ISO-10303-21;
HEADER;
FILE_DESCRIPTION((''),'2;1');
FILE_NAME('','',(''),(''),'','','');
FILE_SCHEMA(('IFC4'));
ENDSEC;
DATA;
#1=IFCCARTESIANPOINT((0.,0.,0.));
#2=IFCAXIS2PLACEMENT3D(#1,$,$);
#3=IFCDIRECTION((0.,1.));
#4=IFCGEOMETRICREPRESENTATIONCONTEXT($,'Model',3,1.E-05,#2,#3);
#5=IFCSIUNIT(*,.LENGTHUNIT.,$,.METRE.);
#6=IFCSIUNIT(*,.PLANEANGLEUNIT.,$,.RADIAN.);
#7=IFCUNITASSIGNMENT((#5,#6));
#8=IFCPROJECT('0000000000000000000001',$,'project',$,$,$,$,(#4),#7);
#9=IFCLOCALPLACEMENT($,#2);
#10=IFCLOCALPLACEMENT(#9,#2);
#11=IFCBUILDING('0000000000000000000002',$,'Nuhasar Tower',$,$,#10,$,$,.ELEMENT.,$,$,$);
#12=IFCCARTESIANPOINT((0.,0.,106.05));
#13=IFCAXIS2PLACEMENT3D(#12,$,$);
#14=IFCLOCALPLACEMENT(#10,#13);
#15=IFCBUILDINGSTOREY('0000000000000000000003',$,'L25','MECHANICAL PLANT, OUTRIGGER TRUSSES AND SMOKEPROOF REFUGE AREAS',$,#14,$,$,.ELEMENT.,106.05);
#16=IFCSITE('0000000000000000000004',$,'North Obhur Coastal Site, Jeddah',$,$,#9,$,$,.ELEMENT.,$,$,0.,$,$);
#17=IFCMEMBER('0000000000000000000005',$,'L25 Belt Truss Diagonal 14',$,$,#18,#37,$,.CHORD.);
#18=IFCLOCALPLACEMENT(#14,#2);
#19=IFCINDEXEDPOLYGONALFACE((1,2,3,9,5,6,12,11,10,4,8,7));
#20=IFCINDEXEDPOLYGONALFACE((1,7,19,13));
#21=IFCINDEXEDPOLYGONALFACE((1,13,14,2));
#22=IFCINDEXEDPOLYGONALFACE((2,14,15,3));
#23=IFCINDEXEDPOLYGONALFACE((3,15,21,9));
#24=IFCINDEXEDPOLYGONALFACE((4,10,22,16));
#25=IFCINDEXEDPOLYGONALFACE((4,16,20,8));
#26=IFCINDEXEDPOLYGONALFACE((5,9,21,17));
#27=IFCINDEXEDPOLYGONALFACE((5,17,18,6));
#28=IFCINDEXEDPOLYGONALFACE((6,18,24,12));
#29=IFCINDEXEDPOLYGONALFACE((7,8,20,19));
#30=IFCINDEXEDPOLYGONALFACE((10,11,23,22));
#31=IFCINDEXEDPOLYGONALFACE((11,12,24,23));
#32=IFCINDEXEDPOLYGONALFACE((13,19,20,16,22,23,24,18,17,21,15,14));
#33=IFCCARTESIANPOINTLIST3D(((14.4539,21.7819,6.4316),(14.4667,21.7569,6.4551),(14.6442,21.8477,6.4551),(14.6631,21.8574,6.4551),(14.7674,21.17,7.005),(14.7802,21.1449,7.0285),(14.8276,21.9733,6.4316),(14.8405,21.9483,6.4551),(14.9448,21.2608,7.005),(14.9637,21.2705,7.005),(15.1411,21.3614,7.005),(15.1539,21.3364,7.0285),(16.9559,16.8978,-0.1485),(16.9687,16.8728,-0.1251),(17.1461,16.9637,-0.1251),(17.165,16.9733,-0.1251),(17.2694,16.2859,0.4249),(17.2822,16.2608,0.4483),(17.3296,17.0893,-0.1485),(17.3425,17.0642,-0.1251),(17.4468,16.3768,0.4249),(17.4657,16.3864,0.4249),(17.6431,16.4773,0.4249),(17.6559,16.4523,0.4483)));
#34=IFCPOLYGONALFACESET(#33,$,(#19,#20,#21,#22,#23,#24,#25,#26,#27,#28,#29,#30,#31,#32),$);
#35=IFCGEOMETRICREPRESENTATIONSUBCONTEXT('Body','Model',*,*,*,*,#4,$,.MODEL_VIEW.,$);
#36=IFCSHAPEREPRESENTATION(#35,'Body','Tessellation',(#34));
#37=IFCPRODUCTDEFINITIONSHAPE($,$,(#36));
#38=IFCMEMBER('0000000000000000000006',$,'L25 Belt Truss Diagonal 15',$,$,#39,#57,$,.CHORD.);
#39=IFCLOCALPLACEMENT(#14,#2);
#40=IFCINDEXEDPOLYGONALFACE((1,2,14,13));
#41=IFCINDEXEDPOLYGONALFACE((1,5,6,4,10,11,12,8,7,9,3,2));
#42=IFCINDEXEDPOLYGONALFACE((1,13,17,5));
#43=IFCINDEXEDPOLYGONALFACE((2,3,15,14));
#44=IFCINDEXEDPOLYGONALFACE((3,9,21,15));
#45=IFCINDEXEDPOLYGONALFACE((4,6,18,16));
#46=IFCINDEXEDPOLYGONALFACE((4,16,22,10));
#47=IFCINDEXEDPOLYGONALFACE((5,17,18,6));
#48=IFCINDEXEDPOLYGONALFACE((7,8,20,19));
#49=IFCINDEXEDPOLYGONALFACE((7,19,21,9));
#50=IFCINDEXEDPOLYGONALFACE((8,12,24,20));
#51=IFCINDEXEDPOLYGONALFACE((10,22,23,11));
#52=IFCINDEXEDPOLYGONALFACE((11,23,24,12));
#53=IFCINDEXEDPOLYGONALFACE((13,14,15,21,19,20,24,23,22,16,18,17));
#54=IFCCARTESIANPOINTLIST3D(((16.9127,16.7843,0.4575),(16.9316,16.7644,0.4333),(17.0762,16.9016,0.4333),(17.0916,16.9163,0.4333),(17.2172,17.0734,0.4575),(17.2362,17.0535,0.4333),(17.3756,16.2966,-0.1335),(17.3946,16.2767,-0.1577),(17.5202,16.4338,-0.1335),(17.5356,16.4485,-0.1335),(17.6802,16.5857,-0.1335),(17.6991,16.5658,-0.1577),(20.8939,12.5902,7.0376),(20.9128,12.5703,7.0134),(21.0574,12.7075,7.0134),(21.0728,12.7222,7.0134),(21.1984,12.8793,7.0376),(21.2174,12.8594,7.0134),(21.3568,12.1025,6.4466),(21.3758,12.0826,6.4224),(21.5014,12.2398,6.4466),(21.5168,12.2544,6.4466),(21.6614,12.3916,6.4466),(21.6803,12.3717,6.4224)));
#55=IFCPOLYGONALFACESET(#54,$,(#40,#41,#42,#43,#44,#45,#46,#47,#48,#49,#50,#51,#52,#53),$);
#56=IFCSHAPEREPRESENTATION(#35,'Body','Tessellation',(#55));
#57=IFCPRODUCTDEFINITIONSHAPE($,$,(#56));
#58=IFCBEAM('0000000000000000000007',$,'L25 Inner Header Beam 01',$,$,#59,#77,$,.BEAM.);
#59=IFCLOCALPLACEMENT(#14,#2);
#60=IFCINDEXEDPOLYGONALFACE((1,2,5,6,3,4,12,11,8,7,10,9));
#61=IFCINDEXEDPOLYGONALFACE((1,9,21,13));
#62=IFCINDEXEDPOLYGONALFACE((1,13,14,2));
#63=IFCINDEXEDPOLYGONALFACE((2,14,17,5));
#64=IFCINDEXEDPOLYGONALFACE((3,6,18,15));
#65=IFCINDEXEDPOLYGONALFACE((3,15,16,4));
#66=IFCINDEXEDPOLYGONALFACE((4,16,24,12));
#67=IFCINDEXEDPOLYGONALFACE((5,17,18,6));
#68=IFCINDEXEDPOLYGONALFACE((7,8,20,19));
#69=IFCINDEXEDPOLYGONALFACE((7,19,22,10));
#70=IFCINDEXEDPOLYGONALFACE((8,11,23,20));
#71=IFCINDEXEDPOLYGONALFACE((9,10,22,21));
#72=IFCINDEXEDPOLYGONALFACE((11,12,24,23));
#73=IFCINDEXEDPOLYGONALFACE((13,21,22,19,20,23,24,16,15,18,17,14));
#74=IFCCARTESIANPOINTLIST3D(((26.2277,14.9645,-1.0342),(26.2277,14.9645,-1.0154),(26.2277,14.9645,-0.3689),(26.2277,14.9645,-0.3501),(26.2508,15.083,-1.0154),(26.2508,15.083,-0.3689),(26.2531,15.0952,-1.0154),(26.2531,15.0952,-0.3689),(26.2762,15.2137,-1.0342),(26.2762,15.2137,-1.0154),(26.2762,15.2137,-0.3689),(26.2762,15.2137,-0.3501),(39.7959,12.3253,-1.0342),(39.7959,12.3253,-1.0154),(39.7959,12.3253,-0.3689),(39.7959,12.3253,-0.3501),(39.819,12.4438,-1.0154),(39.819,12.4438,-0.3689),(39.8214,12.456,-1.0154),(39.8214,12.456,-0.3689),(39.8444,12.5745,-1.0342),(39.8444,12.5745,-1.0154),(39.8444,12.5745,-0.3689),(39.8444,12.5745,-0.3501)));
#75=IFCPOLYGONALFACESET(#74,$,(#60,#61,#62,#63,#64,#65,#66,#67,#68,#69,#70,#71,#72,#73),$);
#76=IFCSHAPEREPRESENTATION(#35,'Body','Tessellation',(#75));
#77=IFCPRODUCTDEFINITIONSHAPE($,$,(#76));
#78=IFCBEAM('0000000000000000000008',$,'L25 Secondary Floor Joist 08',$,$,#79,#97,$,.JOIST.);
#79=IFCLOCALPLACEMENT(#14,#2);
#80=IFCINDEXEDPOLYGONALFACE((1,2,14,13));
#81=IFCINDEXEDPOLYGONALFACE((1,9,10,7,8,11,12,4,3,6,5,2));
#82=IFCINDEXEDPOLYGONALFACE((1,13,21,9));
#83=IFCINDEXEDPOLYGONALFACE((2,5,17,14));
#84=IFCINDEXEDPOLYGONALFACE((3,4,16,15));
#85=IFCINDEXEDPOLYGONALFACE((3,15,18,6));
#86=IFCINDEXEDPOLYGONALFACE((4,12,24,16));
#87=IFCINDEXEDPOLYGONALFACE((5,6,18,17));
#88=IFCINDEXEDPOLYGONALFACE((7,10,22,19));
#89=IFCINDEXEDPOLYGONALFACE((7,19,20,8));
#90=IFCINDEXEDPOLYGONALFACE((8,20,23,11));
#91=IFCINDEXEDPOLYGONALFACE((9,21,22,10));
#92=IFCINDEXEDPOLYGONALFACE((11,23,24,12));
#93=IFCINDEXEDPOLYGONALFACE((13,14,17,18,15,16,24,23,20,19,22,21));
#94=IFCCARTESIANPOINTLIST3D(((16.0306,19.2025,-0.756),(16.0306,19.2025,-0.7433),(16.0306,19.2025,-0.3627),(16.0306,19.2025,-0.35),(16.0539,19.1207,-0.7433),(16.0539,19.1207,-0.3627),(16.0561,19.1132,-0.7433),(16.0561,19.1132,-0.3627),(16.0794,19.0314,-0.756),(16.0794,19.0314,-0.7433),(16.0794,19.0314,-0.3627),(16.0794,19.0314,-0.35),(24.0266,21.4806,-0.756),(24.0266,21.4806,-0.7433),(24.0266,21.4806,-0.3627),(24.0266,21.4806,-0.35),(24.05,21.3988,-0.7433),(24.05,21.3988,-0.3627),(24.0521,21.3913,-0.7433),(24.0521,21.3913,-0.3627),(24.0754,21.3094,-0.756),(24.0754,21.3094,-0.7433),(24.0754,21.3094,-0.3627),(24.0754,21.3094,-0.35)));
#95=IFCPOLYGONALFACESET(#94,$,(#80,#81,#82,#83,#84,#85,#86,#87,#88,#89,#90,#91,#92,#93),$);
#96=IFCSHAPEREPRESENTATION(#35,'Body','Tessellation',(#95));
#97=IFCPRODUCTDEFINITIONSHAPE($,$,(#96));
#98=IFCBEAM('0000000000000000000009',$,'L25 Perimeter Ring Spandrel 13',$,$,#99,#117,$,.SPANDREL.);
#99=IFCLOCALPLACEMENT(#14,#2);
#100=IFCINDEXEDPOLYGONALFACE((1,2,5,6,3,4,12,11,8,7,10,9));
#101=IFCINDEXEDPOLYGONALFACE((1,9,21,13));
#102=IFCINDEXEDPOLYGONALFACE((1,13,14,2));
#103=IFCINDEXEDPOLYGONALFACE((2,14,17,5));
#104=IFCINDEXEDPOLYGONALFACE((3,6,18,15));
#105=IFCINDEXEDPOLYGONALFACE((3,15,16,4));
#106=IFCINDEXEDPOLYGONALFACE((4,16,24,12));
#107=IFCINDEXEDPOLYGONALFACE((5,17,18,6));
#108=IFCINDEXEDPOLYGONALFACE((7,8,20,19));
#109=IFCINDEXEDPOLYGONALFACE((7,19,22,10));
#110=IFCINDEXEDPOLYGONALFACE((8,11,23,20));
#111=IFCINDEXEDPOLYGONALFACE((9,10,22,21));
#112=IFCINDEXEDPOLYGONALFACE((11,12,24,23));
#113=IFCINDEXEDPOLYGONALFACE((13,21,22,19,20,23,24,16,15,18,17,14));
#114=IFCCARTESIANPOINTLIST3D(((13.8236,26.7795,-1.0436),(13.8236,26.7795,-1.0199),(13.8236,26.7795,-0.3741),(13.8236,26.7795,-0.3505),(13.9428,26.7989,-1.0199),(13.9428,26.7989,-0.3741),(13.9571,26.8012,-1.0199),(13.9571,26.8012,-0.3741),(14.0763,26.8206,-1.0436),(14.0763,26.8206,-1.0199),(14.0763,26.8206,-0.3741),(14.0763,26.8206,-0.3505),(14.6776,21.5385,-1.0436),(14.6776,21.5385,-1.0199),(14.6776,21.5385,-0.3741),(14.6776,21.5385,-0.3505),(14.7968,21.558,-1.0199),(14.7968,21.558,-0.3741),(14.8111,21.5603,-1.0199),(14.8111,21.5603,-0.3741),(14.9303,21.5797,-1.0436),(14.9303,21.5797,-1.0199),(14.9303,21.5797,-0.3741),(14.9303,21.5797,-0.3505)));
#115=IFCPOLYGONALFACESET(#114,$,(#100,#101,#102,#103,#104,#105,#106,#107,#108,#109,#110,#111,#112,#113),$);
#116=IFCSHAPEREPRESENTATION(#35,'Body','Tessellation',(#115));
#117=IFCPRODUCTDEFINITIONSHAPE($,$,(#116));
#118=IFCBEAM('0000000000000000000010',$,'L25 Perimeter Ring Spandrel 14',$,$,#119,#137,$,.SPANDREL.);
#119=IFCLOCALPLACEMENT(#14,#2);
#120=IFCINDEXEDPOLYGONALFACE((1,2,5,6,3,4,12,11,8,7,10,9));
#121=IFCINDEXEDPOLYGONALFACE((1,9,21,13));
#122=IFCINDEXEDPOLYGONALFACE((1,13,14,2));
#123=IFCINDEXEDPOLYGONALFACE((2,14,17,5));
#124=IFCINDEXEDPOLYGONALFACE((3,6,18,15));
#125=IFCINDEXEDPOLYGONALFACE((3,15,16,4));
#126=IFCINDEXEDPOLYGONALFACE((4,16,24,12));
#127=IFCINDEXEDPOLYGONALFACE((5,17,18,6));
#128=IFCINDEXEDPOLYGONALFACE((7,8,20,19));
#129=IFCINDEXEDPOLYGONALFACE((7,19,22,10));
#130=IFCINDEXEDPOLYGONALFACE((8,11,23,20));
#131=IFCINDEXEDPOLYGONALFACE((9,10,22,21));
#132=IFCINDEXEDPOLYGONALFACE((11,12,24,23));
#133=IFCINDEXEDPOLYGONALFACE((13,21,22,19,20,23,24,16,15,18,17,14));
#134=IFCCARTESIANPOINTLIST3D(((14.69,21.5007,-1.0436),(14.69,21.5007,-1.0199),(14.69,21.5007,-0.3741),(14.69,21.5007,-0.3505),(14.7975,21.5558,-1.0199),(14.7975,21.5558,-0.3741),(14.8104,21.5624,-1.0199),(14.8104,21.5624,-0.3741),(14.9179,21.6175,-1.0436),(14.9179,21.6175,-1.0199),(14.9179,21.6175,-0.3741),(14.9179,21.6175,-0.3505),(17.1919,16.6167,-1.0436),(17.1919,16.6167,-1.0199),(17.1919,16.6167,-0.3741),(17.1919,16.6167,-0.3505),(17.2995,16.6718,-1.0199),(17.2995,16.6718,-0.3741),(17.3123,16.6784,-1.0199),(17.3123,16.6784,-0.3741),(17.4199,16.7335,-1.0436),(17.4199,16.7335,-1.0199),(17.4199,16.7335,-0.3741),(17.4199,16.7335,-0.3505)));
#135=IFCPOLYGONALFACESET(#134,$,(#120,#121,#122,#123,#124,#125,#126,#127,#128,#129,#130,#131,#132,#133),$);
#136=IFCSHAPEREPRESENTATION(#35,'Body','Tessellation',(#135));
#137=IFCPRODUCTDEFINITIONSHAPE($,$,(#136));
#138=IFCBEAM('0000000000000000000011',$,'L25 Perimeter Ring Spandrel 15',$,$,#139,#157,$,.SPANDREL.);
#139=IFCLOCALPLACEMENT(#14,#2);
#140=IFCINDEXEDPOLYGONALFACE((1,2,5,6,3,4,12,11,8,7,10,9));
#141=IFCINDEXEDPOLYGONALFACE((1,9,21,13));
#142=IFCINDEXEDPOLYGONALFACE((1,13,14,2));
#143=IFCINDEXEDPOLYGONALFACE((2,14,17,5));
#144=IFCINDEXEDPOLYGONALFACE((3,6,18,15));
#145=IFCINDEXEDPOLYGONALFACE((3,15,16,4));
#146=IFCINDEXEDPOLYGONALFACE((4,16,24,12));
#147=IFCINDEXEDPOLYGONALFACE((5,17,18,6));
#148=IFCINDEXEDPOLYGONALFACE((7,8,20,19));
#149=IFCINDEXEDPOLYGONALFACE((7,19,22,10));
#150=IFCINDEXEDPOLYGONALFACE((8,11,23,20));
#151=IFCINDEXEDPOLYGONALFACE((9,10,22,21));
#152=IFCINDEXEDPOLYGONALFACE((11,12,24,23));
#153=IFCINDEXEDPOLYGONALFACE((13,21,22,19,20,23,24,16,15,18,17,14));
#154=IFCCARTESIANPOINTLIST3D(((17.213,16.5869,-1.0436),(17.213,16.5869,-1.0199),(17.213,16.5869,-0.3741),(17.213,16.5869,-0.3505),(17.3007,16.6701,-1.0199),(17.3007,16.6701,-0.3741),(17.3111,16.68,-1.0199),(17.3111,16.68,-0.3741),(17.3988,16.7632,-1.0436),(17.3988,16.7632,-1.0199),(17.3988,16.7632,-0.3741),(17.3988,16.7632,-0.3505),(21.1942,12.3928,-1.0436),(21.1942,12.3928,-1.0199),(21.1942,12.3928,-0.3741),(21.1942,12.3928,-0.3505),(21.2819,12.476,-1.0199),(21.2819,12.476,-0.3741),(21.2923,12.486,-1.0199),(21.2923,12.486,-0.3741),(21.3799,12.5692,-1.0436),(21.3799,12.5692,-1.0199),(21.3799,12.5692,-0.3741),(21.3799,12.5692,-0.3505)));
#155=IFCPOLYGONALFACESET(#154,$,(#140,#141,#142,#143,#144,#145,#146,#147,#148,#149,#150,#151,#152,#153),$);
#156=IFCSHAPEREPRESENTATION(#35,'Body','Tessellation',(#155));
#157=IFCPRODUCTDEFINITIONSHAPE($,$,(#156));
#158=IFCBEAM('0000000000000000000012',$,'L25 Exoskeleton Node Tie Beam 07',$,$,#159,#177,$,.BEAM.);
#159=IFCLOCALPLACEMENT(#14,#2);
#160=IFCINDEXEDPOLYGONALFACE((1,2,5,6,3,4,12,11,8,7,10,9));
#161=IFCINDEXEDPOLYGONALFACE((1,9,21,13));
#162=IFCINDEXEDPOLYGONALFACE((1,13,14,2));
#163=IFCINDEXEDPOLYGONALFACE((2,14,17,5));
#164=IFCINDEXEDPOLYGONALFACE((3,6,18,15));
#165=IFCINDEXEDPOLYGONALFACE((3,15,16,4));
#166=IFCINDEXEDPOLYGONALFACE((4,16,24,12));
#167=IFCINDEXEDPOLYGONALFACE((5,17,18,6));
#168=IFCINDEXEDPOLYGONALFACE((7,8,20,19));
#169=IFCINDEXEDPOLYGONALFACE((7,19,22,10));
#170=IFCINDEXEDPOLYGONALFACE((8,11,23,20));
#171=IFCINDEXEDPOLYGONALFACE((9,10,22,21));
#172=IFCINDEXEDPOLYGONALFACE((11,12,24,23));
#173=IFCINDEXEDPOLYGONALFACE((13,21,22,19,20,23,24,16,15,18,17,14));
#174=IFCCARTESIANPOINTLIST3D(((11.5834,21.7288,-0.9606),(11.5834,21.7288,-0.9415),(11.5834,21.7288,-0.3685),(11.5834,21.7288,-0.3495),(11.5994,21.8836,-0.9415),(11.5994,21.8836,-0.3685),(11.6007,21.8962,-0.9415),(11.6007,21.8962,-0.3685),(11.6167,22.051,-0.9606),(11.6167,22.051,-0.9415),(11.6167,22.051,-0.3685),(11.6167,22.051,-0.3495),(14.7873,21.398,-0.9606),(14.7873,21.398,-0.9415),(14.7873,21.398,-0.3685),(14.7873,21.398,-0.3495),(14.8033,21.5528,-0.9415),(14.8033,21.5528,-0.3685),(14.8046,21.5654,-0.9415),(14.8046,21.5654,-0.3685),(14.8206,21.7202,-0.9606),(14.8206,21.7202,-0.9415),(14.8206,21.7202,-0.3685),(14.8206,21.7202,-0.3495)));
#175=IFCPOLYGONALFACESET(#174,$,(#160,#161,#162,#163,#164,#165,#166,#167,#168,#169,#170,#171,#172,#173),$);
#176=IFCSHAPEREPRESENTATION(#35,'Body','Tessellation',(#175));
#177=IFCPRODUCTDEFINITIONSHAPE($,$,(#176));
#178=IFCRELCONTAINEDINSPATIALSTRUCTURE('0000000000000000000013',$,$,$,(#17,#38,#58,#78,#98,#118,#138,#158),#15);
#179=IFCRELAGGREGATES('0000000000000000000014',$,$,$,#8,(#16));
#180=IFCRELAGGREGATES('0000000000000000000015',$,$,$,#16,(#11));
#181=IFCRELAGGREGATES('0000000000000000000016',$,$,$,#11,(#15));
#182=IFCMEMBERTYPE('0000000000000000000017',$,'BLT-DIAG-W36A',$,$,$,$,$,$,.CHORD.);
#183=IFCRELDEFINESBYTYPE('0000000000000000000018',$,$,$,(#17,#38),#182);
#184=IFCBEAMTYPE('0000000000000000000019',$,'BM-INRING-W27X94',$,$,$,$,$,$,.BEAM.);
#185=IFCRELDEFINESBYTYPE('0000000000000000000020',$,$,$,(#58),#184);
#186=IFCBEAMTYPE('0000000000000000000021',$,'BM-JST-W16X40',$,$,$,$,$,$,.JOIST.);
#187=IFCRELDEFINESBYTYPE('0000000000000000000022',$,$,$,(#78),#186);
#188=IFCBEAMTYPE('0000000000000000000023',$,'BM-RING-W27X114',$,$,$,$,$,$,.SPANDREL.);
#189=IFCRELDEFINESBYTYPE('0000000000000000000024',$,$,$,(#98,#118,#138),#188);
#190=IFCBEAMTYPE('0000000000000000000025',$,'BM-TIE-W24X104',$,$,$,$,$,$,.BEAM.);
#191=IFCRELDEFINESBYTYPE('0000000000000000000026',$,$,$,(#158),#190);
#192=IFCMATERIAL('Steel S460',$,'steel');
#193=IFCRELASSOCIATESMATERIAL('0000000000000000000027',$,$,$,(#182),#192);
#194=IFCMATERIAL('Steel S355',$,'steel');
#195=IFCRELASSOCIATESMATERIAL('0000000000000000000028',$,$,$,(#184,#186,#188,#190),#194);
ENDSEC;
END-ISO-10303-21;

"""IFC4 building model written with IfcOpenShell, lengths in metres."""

from ifc_helpers import new_model, si_unit, direction, frame, origin, origin_2d, place, context, subcontext, project, spatial, i_section, extrude, material, material_profile, profile_set, type_object, element, save


model = new_model("IFC4")

# Units and contexts
model_context = context("Model", 3, precision=1e-05, world=origin(), true_north=direction((0.0, 1.0)))
body_context = subcontext(model_context, "Body", "Model", "MODEL_VIEW")
ifc_project = project(units=[si_unit("LENGTHUNIT", "METRE"), si_unit("PLANEANGLEUNIT", "RADIAN")], contexts=[model_context])

# Site, building, storey
site_placement = place(None, origin())
site = spatial("IfcSite", under=ifc_project, at=site_placement, Name="North Obhur Coastal Site, Jeddah", CompositionType="ELEMENT", RefElevation=0.0)
building_placement = place(site_placement, origin())
building = spatial("IfcBuilding", under=site, at=building_placement, Name="Nuhasar Tower", CompositionType="ELEMENT")
storey_placement = place(building_placement, frame((0.0, 0.0, 106.05)))
storey = spatial("IfcBuildingStorey", under=building, at=storey_placement, Name="L25", Description="MECHANICAL PLANT, OUTRIGGER TRUSSES AND SMOKEPROOF REFUGE AREAS", CompositionType="ELEMENT", Elevation=106.05)

# Members
ifc_material_1 = material(Name="Steel S460", Category="steel")
ifc_material_profile_1 = material_profile(ifc_material_1, i_section(OverallWidth=0.4199, OverallDepth=0.9319, WebThickness=0.0212, FlangeThickness=0.0366, at=origin_2d()), Name="W36X262")
ifc_profile_set_1 = profile_set([ifc_material_profile_1], Name="Steel S460")
member_type_1 = type_object("IfcMemberType", Name="BLT-DIAG-W36A", PredefinedType="CHORD", material=ifc_profile_set_1)
member_1_placement = place(storey_placement, frame((17.3059, 16.675, 0.1499), z_axis=(-0.292011, 0.570031, 0.767981), x_axis=(-0.890016, -0.45593, 0.0)))
element("IfcMember", 1, at=member_1_placement, inside=storey, type_object=member_type_1, Name="L25 Belt Truss Diagonal 14", PredefinedType="CHORD", context=body_context, shape_type="SweptSolid", body=[
    extrude(i_section(OverallWidth=0.4199, OverallDepth=0.9319, WebThickness=0.0212, FlangeThickness=0.0366, at=origin_2d()), origin(), (0.0, 0.0, 1.0), 8.5681),
])
member_2_placement = place(storey_placement, frame((17.3059, 16.675, 0.1499), z_axis=(0.454474, -0.478777, 0.75115), x_axis=(0.725274, 0.68846, 0.0)))
element("IfcMember", 2, at=member_2_placement, inside=storey, type_object=member_type_1, Name="L25 Belt Truss Diagonal 15", PredefinedType="CHORD", context=body_context, shape_type="SweptSolid", body=[
    extrude(i_section(OverallWidth=0.4199, OverallDepth=0.9319, WebThickness=0.0212, FlangeThickness=0.0366, at=origin_2d()), origin(), (0.0, 0.0, 1.0), 8.76),
])

# Beams
ifc_material_2 = material(Name="Steel S355", Category="steel")
ifc_material_profile_2 = material_profile(ifc_material_2, i_section(OverallWidth=0.2539, OverallDepth=0.6841, WebThickness=0.0125, FlangeThickness=0.0188, at=origin_2d()), Name="W27X94")
ifc_profile_set_2 = profile_set([ifc_material_profile_2], Name="Steel S355")
beam_type_1 = type_object("IfcBeamType", Name="BM-INRING-W27X94", PredefinedType="BEAM", material=ifc_profile_set_2)
beam_1_placement = place(storey_placement, frame((26.252, 15.0891, -0.6921), z_axis=(0.981603, -0.190933, 0.0), x_axis=(0.190933, 0.981603, 0.0)))
element("IfcBeam", 3, at=beam_1_placement, inside=storey, type_object=beam_type_1, Name="L25 Inner Header Beam 01", PredefinedType="BEAM", context=body_context, shape_type="SweptSolid", body=[
    extrude(i_section(OverallWidth=0.2539, OverallDepth=0.6841, WebThickness=0.0125, FlangeThickness=0.0188, at=origin_2d()), origin(), (0.0, 0.0, 1.0), 13.8225),
])
ifc_material_profile_3 = material_profile(ifc_material_2, i_section(OverallWidth=0.178, OverallDepth=0.406, WebThickness=0.0078, FlangeThickness=0.0127, at=origin_2d()), Name="W16X40")
ifc_profile_set_3 = profile_set([ifc_material_profile_3], Name="Steel S355")
beam_type_2 = type_object("IfcBeamType", Name="BM-JST-W16X40", PredefinedType="JOIST", material=ifc_profile_set_3)
beam_2_placement = place(storey_placement, frame((24.051, 21.395, -0.553), z_axis=(-0.961731, -0.273996, 0.0), x_axis=(0.273996, -0.961731, 0.0)))
element("IfcBeam", 4, at=beam_2_placement, inside=storey, type_object=beam_type_2, Name="L25 Secondary Floor Joist 08", PredefinedType="JOIST", context=body_context, shape_type="SweptSolid", body=[
    extrude(i_section(OverallWidth=0.178, OverallDepth=0.406, WebThickness=0.0078, FlangeThickness=0.0127, at=origin_2d()), origin(), (0.0, 0.0, 1.0), 8.3142),
])
ifc_material_profile_4 = material_profile(ifc_material_2, i_section(OverallWidth=0.2561, OverallDepth=0.6931, WebThickness=0.0144, FlangeThickness=0.0237, at=origin_2d()), Name="W27X114")
ifc_profile_set_4 = profile_set([ifc_material_profile_4], Name="Steel S355")
beam_type_3 = type_object("IfcBeamType", Name="BM-RING-W27X114", PredefinedType="SPANDREL", material=ifc_profile_set_4)
beam_3_placement = place(storey_placement, frame((13.95, 26.8, -0.697), z_axis=(0.160827, -0.986983, 0.0), x_axis=(0.986983, 0.160827, 0.0)))
element("IfcBeam", 5, at=beam_3_placement, inside=storey, type_object=beam_type_3, Name="L25 Perimeter Ring Spandrel 13", PredefinedType="SPANDREL", context=body_context, shape_type="SweptSolid", body=[
    extrude(i_section(OverallWidth=0.2561, OverallDepth=0.6931, WebThickness=0.0144, FlangeThickness=0.0237, at=origin_2d()), origin(), (0.0, 0.0, 1.0), 5.3101),
])
beam_4_placement = place(storey_placement, frame((14.804, 21.5591, -0.697), z_axis=(0.45593, -0.890016, 0.0), x_axis=(0.890016, 0.45593, 0.0)))
element("IfcBeam", 6, at=beam_4_placement, inside=storey, type_object=beam_type_3, Name="L25 Perimeter Ring Spandrel 14", PredefinedType="SPANDREL", context=body_context, shape_type="SweptSolid", body=[
    extrude(i_section(OverallWidth=0.2561, OverallDepth=0.6931, WebThickness=0.0144, FlangeThickness=0.0237, at=origin_2d()), origin(), (0.0, 0.0, 1.0), 5.4875),
])
beam_5_placement = place(storey_placement, frame((17.3059, 16.675, -0.697), z_axis=(0.68846, -0.725274, 0.0), x_axis=(0.725274, 0.68846, 0.0)))
element("IfcBeam", 7, at=beam_5_placement, inside=storey, type_object=beam_type_3, Name="L25 Perimeter Ring Spandrel 15", PredefinedType="SPANDREL", context=body_context, shape_type="SweptSolid", body=[
    extrude(i_section(OverallWidth=0.2561, OverallDepth=0.6931, WebThickness=0.0144, FlangeThickness=0.0237, at=origin_2d()), origin(), (0.0, 0.0, 1.0), 5.7827),
])
ifc_material_profile_5 = material_profile(ifc_material_2, i_section(OverallWidth=0.324, OverallDepth=0.6111, WebThickness=0.0127, FlangeThickness=0.019, at=origin_2d()), Name="W24X104")
ifc_profile_set_5 = profile_set([ifc_material_profile_5], Name="Steel S355")
beam_type_4 = type_object("IfcBeamType", Name="BM-TIE-W24X104", PredefinedType="BEAM", material=ifc_profile_set_5)
beam_6_placement = place(storey_placement, frame((14.804, 21.5591, -0.655), z_axis=(-0.994712, 0.102708, 0.0), x_axis=(-0.102708, -0.994712, 0.0)))
element("IfcBeam", 8, at=beam_6_placement, inside=storey, type_object=beam_type_4, Name="L25 Exoskeleton Node Tie Beam 07", PredefinedType="BEAM", context=body_context, shape_type="SweptSolid", body=[
    extrude(i_section(OverallWidth=0.324, OverallDepth=0.6111, WebThickness=0.0127, FlangeThickness=0.019, at=origin_2d()), origin(), (0.0, 0.0, 1.0), 3.2209),
])

save(model, "model.ifc")
